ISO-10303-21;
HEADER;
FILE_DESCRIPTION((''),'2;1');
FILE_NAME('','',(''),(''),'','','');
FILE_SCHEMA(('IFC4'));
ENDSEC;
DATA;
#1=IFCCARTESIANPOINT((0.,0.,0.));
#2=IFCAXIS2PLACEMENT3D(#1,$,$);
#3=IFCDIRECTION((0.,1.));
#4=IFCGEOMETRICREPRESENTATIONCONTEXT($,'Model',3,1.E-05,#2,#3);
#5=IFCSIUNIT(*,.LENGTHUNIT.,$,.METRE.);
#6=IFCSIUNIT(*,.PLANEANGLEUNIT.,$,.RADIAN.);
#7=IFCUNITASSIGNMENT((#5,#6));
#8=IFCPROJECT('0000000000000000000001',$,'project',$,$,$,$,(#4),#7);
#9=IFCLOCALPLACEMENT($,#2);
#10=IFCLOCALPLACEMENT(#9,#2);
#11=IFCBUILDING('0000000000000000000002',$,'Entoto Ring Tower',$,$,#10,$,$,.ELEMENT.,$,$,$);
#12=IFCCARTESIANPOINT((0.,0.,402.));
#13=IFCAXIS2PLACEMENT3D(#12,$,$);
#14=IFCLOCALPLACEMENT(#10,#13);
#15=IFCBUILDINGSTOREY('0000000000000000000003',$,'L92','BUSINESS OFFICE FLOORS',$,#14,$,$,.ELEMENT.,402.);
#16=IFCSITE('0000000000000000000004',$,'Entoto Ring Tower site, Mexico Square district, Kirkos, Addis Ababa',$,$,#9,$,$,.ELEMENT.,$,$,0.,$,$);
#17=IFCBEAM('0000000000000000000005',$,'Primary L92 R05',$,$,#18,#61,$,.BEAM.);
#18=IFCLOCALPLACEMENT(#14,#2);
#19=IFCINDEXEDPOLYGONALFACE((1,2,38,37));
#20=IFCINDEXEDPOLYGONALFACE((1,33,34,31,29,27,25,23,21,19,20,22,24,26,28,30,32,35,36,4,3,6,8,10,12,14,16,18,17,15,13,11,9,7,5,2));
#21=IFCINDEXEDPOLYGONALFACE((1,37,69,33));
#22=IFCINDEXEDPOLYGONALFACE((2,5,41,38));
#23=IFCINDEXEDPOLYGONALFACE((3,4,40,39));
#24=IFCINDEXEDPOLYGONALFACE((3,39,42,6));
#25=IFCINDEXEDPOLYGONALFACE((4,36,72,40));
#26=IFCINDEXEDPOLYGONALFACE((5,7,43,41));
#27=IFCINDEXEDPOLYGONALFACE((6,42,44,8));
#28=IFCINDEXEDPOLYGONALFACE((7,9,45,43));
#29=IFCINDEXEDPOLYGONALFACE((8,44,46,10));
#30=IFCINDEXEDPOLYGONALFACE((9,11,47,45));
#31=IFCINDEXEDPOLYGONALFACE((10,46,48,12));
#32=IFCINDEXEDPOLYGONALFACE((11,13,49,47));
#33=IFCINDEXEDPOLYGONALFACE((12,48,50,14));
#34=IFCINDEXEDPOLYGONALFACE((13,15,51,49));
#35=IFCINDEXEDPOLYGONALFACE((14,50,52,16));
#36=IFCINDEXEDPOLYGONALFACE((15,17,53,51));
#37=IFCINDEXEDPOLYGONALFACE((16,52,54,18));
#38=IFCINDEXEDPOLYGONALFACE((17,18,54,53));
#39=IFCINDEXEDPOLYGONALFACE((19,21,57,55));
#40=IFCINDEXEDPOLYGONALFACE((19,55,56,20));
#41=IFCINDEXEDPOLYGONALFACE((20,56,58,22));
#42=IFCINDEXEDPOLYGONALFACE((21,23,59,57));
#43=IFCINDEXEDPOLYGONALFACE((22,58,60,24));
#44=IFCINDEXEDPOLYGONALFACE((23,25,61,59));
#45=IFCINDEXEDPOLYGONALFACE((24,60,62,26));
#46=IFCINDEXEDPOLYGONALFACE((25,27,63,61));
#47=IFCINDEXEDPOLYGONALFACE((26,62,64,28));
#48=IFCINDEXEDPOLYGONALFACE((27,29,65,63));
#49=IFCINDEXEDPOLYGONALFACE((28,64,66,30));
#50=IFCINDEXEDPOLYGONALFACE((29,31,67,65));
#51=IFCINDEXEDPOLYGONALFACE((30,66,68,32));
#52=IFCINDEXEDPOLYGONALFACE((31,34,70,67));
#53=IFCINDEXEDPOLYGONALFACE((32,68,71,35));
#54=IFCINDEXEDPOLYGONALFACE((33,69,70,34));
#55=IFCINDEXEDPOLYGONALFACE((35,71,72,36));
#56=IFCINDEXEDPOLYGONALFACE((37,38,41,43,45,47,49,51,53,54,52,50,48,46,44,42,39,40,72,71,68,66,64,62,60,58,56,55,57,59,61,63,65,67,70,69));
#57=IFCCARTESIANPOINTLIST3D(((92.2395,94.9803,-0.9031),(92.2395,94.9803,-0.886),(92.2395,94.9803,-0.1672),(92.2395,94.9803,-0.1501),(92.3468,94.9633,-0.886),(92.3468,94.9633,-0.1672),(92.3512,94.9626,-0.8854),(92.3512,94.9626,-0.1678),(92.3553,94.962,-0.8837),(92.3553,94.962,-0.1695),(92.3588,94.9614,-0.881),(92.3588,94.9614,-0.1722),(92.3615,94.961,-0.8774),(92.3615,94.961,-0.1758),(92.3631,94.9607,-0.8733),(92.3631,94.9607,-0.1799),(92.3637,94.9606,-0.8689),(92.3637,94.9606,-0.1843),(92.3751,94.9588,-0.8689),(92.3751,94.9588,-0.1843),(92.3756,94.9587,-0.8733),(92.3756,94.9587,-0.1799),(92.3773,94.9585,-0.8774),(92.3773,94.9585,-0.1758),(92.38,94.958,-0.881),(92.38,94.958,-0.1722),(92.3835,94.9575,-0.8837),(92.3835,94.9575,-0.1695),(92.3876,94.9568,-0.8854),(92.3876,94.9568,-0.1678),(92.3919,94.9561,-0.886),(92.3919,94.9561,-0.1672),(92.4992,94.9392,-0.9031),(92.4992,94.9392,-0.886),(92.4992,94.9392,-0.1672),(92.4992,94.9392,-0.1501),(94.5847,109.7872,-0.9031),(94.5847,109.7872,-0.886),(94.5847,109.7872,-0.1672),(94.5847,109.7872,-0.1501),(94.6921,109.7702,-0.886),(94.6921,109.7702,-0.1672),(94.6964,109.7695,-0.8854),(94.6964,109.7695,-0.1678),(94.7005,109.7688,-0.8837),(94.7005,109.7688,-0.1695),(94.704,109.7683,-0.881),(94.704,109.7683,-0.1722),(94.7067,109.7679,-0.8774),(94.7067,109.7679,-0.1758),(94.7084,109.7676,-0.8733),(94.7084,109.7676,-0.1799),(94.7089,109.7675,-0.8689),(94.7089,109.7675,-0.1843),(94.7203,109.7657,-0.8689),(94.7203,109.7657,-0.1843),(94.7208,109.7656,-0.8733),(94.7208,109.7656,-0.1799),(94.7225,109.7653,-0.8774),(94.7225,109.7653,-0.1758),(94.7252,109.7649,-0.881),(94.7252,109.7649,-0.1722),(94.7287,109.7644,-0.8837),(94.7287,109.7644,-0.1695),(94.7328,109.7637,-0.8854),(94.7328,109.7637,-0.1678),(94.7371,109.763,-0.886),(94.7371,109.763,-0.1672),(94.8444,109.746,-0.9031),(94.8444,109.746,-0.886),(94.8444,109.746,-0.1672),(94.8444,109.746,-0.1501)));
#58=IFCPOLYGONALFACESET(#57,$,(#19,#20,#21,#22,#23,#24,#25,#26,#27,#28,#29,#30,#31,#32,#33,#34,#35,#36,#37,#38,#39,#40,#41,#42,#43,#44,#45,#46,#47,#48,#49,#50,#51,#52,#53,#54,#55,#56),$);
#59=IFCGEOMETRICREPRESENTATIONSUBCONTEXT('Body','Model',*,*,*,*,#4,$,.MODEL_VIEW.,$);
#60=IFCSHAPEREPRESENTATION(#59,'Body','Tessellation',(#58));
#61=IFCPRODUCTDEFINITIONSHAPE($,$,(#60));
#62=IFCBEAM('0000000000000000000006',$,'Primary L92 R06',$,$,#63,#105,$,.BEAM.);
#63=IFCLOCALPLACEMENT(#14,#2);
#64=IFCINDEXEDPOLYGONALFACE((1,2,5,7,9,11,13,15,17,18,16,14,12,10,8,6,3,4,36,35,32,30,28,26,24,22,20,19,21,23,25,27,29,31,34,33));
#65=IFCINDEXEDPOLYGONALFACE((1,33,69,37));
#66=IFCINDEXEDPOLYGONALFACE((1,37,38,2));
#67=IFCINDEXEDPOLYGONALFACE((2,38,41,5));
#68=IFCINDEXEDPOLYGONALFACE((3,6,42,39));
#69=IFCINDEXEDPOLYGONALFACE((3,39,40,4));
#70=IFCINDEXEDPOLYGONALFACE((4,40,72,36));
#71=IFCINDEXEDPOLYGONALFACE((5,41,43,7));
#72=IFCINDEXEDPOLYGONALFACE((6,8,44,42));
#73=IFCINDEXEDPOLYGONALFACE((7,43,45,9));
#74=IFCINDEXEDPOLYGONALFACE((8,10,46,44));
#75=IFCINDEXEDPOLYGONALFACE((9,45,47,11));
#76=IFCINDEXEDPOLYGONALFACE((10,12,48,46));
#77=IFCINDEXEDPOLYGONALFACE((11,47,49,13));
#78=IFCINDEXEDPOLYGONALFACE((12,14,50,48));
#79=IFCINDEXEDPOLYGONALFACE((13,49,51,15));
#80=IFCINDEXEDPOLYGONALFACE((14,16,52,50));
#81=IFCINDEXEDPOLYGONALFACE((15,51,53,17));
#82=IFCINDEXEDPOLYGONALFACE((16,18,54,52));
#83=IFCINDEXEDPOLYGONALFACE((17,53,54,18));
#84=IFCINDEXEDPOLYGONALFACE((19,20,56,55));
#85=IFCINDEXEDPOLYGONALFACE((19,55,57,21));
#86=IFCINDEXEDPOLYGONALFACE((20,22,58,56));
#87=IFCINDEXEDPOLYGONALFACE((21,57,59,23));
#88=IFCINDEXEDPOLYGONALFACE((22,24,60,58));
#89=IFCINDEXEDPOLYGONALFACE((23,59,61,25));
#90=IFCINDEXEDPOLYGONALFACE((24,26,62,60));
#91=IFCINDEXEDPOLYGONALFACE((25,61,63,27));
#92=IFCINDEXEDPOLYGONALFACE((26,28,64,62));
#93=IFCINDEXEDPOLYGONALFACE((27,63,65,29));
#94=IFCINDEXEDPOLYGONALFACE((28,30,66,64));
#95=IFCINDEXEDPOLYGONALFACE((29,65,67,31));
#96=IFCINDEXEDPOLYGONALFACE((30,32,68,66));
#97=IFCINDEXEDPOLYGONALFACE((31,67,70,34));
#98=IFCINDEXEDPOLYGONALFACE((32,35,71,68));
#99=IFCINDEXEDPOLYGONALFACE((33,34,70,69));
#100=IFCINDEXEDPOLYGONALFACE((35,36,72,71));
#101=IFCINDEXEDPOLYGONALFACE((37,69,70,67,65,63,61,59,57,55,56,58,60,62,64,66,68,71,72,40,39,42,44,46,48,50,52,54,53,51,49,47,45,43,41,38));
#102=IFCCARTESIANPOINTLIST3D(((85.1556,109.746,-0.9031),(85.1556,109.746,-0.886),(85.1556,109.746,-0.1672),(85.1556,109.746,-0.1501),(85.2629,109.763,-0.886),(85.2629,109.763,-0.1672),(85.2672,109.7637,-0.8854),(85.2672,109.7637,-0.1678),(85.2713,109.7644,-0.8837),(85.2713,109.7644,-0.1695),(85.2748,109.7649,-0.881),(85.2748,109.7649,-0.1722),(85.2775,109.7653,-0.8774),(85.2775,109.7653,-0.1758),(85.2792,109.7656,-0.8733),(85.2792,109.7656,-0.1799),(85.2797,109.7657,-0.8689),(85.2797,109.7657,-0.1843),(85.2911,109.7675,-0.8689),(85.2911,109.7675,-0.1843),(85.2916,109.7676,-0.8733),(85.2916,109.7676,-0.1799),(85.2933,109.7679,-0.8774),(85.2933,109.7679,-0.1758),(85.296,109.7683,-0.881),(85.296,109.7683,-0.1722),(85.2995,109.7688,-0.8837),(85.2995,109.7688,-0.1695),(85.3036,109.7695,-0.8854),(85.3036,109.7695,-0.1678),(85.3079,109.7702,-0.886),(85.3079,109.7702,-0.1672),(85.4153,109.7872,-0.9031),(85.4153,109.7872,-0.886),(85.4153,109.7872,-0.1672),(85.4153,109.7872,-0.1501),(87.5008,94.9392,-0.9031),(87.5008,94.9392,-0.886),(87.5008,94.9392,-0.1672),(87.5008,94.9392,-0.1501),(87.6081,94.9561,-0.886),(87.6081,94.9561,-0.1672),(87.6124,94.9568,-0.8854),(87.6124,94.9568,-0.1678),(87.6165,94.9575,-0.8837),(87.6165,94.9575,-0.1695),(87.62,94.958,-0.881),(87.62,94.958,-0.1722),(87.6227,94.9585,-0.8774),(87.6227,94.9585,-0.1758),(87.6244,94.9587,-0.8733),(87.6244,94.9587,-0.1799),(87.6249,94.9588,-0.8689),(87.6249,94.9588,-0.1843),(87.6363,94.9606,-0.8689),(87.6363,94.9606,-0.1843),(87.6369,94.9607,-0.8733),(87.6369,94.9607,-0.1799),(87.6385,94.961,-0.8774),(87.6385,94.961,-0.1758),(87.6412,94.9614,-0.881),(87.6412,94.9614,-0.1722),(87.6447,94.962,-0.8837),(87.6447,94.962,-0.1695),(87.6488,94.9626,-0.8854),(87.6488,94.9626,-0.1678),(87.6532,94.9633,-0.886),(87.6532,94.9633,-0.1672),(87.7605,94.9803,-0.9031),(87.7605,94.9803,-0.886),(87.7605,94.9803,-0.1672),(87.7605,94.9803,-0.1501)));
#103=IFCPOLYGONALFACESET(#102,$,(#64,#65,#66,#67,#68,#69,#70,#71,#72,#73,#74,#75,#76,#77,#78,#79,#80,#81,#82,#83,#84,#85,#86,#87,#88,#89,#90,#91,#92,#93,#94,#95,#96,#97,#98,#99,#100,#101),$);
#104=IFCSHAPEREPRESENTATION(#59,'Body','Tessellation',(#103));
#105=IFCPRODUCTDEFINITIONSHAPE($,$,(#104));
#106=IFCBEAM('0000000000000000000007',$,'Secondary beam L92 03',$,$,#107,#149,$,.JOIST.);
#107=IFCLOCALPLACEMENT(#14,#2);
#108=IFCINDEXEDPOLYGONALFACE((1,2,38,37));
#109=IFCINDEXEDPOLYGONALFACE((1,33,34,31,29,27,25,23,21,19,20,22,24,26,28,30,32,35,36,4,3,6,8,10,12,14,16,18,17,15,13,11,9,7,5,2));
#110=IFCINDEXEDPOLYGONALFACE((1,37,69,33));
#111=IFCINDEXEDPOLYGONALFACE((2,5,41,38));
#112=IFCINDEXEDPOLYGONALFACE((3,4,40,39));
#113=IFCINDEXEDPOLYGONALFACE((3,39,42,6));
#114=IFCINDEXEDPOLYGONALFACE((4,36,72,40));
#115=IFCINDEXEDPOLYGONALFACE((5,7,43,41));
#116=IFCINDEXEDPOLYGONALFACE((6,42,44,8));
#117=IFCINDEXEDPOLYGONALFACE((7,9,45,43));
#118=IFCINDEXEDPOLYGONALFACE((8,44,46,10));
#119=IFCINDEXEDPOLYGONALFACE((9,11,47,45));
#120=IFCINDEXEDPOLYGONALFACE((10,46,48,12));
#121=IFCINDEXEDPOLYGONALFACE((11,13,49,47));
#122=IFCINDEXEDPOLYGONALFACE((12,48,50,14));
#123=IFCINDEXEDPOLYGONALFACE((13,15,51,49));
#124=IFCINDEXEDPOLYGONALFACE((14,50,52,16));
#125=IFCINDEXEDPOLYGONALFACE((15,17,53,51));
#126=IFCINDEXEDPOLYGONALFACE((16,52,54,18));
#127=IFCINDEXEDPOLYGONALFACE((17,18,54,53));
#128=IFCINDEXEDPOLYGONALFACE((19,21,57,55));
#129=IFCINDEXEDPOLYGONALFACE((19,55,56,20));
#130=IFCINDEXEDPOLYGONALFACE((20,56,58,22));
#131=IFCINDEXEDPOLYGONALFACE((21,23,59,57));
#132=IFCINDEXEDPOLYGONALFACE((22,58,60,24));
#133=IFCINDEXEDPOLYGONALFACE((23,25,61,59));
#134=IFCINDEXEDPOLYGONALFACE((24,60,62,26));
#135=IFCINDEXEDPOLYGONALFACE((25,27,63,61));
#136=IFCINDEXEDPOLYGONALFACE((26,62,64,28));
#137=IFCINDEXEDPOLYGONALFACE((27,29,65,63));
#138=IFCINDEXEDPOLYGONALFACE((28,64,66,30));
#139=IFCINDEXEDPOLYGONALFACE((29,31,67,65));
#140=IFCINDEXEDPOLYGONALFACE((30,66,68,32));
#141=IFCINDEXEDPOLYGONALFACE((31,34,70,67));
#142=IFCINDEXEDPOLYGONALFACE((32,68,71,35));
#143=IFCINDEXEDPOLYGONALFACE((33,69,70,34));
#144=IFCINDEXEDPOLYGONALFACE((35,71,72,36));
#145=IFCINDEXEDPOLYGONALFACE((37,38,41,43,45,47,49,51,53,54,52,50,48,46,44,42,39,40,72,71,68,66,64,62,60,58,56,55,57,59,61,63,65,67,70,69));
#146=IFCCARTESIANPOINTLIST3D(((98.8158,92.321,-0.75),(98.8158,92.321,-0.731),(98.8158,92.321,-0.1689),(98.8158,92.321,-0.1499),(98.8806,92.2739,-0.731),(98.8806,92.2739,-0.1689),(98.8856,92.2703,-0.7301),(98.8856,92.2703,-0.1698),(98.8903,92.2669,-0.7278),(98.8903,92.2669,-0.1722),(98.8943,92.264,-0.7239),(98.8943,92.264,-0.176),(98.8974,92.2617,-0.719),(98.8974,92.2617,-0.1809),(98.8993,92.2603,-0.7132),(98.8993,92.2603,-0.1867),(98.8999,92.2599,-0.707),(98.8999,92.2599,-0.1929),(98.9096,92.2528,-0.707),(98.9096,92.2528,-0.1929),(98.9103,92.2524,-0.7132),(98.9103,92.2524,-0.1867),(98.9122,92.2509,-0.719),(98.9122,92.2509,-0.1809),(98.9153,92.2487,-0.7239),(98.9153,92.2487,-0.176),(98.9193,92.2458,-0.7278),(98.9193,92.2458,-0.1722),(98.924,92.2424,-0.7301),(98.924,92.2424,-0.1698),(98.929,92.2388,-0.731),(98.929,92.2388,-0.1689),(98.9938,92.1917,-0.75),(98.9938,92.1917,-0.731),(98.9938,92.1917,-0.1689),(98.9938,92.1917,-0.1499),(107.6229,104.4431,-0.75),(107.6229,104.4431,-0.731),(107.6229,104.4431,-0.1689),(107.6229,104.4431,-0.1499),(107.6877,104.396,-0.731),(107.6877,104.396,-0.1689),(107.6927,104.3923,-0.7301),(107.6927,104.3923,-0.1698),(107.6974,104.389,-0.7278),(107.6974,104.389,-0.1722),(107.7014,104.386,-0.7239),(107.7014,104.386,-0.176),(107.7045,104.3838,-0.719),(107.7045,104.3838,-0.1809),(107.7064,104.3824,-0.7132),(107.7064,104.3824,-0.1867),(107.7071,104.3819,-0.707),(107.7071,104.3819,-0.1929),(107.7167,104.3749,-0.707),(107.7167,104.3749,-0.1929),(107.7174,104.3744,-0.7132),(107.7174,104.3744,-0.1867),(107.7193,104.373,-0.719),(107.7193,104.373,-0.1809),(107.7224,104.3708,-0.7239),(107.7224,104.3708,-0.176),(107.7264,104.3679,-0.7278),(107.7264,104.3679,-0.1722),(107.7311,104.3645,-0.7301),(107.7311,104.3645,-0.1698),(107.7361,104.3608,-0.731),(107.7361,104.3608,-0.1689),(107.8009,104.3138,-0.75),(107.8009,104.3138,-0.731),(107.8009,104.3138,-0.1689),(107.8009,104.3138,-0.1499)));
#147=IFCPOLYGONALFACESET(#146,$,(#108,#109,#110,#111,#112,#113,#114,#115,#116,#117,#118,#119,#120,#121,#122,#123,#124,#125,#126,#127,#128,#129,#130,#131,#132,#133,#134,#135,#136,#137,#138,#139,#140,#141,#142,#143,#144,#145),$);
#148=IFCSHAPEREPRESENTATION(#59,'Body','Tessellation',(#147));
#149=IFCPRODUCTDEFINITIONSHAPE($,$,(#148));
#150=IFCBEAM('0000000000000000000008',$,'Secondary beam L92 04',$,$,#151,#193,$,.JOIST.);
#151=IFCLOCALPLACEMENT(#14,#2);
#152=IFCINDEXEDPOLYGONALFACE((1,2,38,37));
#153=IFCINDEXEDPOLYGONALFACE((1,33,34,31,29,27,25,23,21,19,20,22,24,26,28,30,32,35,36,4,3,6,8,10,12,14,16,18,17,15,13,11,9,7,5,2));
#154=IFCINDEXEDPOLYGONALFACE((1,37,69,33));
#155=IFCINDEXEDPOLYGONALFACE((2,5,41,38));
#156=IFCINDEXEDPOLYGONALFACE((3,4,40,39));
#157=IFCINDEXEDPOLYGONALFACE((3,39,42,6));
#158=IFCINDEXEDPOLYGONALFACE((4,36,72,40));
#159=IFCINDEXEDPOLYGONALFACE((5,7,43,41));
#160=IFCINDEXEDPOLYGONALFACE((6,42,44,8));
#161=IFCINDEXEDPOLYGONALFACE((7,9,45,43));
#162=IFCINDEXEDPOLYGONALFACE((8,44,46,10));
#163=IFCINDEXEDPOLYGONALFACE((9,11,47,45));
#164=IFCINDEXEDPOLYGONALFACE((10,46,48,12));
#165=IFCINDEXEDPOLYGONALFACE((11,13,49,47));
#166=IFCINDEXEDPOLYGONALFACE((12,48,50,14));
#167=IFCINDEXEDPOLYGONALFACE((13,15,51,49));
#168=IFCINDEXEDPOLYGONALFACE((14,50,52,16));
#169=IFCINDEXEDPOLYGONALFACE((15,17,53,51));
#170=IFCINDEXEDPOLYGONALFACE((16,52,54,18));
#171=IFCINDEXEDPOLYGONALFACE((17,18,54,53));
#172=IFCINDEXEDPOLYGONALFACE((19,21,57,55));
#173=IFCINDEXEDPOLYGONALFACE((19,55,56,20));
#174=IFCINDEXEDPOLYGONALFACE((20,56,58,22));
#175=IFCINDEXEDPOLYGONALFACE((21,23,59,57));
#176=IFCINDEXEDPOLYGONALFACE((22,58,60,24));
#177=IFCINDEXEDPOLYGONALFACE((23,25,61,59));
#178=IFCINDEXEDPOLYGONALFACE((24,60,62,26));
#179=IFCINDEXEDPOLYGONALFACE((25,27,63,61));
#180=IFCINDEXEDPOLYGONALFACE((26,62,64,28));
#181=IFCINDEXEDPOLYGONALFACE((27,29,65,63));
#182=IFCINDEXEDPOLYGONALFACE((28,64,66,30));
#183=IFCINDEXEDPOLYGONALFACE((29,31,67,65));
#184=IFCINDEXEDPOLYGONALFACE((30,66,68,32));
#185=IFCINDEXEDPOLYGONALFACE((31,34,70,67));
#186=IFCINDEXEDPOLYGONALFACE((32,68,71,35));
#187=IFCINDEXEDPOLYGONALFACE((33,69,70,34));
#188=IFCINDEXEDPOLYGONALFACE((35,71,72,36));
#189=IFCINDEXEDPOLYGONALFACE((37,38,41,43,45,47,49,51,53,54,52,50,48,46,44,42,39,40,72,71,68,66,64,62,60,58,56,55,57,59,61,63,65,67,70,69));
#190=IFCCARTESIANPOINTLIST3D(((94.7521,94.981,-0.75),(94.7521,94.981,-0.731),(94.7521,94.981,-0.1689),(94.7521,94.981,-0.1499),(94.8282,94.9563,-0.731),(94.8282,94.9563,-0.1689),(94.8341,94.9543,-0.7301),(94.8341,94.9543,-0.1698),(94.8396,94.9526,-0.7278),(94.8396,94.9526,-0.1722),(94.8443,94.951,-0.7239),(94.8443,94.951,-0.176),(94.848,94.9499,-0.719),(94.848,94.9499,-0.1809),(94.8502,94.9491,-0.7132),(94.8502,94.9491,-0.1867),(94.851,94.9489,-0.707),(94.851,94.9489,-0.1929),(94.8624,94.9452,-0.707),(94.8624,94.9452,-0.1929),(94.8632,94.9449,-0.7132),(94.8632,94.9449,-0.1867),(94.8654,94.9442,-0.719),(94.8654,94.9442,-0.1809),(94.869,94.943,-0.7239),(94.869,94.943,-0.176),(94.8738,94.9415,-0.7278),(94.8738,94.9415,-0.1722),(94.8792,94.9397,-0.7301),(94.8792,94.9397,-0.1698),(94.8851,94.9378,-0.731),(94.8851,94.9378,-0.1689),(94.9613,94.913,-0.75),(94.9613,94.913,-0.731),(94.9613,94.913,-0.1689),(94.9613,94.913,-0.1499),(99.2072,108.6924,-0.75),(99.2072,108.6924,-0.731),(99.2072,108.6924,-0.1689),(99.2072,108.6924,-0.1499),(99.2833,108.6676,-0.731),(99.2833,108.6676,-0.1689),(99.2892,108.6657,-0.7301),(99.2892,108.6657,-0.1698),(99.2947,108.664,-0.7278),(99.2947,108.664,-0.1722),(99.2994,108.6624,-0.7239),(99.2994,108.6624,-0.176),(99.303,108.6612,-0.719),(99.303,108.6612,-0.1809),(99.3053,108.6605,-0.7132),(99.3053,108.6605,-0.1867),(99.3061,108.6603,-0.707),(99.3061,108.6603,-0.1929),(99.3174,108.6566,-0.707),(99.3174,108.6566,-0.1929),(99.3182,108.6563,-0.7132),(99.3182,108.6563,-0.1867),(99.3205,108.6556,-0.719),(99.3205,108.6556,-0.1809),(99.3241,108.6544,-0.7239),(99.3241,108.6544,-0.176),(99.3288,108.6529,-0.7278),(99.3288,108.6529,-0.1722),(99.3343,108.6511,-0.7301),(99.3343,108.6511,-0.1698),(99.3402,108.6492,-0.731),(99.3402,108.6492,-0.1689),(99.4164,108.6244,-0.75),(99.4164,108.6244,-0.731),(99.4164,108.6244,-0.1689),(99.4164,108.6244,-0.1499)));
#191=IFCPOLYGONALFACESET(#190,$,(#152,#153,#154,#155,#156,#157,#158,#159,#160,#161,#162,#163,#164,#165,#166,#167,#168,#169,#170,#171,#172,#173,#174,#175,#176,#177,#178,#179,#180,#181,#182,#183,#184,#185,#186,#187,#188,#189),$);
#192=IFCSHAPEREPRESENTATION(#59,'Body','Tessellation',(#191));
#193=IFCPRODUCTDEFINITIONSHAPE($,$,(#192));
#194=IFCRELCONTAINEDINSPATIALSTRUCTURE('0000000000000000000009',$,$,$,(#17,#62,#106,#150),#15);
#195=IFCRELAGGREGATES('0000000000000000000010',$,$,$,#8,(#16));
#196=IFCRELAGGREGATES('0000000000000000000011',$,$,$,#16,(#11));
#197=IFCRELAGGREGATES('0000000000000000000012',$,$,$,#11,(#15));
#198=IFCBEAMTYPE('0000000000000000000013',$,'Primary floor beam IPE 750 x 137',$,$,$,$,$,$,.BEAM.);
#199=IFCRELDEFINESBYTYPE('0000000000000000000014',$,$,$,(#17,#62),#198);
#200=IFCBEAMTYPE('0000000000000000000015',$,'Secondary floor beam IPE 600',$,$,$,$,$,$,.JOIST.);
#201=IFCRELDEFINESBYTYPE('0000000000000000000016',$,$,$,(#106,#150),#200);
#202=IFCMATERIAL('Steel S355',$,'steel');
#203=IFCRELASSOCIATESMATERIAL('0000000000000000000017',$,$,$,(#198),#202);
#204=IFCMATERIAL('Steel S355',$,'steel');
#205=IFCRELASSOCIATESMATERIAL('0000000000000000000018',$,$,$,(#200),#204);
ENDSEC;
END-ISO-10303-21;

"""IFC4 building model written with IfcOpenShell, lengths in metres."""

from ifc_helpers import new_model, si_unit, direction, frame, origin, origin_2d, place, context, subcontext, project, spatial, i_section, extrude, material, material_profile, profile_set, type_object, element, save


model = new_model("IFC4")

# Units and contexts
model_context = context("Model", 3, precision=1e-05, world=origin(), true_north=direction((0.0, 1.0)))
body_context = subcontext(model_context, "Body", "Model", "MODEL_VIEW")
ifc_project = project(units=[si_unit("LENGTHUNIT", "METRE"), si_unit("PLANEANGLEUNIT", "RADIAN")], contexts=[model_context])

# Site, building, storey
site_placement = place(None, origin())
site = spatial("IfcSite", under=ifc_project, at=site_placement, Name="Entoto Ring Tower site, Mexico Square district, Kirkos, Addis Ababa", CompositionType="ELEMENT", RefElevation=0.0)
building_placement = place(site_placement, origin())
building = spatial("IfcBuilding", under=site, at=building_placement, Name="Entoto Ring Tower", CompositionType="ELEMENT")
storey_placement = place(building_placement, frame((0.0, 0.0, 402.0)))
storey = spatial("IfcBuildingStorey", under=building, at=storey_placement, Name="L92", Description="BUSINESS OFFICE FLOORS", CompositionType="ELEMENT", Elevation=402.0)

# Beams
ifc_material_1 = material(Name="Steel S355", Category="steel")
ifc_material_profile_1 = material_profile(ifc_material_1, i_section(OverallWidth=0.2629, OverallDepth=0.7529, WebThickness=0.0115, FlangeThickness=0.0171, FilletRadius=0.0171, at=origin_2d()), Name="IPE 750 x 137")
ifc_profile_set_1 = profile_set([ifc_material_profile_1], Name="Steel S355")
beam_type_1 = type_object("IfcBeamType", Name="Primary floor beam IPE 750 x 137", PredefinedType="BEAM", material=ifc_profile_set_1)
for number, where, z_axis, x_axis, name in (
    (1, (92.3694, 94.9597, -0.5266), (0.156437, 0.987688, 0.0), (-0.987688, 0.156437, 0.0), "Primary L92 R05"),
    (2, (87.6306, 94.9597, -0.5266), (-0.156437, 0.987688, 0.0), (-0.987688, -0.156437, 0.0), "Primary L92 R06"),
):
    element("IfcBeam", number, at=place(storey_placement, frame(where, z_axis=z_axis, x_axis=x_axis)), inside=storey, type_object=beam_type_1, Name=name, PredefinedType="BEAM", context=body_context, shape_type="SweptSolid", body=[
        extrude(i_section(OverallWidth=0.2629, OverallDepth=0.7529, WebThickness=0.0115, FlangeThickness=0.0171, FilletRadius=0.0171, at=origin_2d()), origin(), (0.0, 0.0, 1.0), 14.9915),
    ])
ifc_material_2 = material(Name="Steel S355", Category="steel")
ifc_material_profile_2 = material_profile(ifc_material_2, i_section(OverallWidth=0.22, OverallDepth=0.6001, WebThickness=0.012, FlangeThickness=0.019, FilletRadius=0.0239, at=origin_2d()), Name="IPE 600")
ifc_profile_set_2 = profile_set([ifc_material_profile_2], Name="Steel S355")
beam_type_2 = type_object("IfcBeamType", Name="Secondary floor beam IPE 600", PredefinedType="JOIST", material=ifc_profile_set_2)
beam_1_placement = place(storey_placement, frame((98.9048, 92.2563, -0.45), z_axis=(0.587782, 0.809019, 0.0), x_axis=(-0.809019, 0.587782, 0.0)))
element("IfcBeam", 3, at=beam_1_placement, inside=storey, type_object=beam_type_2, Name="Secondary beam L92 03", PredefinedType="JOIST", context=body_context, shape_type="SweptSolid", body=[
    extrude(i_section(OverallWidth=0.22, OverallDepth=0.6001, WebThickness=0.012, FlangeThickness=0.019, FilletRadius=0.0239, at=origin_2d()), origin(), (0.0, 0.0, 1.0), 14.9836),
])
beam_2_placement = place(storey_placement, frame((94.8567, 94.947, -0.45), z_axis=(0.309015, 0.951057, 0.0), x_axis=(-0.951057, 0.309015, 0.0)))
element("IfcBeam", 4, at=beam_2_placement, inside=storey, type_object=beam_type_2, Name="Secondary beam L92 04", PredefinedType="JOIST", context=body_context, shape_type="SweptSolid", body=[
    extrude(i_section(OverallWidth=0.22, OverallDepth=0.6001, WebThickness=0.012, FlangeThickness=0.019, FilletRadius=0.0239, at=origin_2d()), origin(), (0.0, 0.0, 1.0), 14.417),
])

save(model, "model.ifc")
